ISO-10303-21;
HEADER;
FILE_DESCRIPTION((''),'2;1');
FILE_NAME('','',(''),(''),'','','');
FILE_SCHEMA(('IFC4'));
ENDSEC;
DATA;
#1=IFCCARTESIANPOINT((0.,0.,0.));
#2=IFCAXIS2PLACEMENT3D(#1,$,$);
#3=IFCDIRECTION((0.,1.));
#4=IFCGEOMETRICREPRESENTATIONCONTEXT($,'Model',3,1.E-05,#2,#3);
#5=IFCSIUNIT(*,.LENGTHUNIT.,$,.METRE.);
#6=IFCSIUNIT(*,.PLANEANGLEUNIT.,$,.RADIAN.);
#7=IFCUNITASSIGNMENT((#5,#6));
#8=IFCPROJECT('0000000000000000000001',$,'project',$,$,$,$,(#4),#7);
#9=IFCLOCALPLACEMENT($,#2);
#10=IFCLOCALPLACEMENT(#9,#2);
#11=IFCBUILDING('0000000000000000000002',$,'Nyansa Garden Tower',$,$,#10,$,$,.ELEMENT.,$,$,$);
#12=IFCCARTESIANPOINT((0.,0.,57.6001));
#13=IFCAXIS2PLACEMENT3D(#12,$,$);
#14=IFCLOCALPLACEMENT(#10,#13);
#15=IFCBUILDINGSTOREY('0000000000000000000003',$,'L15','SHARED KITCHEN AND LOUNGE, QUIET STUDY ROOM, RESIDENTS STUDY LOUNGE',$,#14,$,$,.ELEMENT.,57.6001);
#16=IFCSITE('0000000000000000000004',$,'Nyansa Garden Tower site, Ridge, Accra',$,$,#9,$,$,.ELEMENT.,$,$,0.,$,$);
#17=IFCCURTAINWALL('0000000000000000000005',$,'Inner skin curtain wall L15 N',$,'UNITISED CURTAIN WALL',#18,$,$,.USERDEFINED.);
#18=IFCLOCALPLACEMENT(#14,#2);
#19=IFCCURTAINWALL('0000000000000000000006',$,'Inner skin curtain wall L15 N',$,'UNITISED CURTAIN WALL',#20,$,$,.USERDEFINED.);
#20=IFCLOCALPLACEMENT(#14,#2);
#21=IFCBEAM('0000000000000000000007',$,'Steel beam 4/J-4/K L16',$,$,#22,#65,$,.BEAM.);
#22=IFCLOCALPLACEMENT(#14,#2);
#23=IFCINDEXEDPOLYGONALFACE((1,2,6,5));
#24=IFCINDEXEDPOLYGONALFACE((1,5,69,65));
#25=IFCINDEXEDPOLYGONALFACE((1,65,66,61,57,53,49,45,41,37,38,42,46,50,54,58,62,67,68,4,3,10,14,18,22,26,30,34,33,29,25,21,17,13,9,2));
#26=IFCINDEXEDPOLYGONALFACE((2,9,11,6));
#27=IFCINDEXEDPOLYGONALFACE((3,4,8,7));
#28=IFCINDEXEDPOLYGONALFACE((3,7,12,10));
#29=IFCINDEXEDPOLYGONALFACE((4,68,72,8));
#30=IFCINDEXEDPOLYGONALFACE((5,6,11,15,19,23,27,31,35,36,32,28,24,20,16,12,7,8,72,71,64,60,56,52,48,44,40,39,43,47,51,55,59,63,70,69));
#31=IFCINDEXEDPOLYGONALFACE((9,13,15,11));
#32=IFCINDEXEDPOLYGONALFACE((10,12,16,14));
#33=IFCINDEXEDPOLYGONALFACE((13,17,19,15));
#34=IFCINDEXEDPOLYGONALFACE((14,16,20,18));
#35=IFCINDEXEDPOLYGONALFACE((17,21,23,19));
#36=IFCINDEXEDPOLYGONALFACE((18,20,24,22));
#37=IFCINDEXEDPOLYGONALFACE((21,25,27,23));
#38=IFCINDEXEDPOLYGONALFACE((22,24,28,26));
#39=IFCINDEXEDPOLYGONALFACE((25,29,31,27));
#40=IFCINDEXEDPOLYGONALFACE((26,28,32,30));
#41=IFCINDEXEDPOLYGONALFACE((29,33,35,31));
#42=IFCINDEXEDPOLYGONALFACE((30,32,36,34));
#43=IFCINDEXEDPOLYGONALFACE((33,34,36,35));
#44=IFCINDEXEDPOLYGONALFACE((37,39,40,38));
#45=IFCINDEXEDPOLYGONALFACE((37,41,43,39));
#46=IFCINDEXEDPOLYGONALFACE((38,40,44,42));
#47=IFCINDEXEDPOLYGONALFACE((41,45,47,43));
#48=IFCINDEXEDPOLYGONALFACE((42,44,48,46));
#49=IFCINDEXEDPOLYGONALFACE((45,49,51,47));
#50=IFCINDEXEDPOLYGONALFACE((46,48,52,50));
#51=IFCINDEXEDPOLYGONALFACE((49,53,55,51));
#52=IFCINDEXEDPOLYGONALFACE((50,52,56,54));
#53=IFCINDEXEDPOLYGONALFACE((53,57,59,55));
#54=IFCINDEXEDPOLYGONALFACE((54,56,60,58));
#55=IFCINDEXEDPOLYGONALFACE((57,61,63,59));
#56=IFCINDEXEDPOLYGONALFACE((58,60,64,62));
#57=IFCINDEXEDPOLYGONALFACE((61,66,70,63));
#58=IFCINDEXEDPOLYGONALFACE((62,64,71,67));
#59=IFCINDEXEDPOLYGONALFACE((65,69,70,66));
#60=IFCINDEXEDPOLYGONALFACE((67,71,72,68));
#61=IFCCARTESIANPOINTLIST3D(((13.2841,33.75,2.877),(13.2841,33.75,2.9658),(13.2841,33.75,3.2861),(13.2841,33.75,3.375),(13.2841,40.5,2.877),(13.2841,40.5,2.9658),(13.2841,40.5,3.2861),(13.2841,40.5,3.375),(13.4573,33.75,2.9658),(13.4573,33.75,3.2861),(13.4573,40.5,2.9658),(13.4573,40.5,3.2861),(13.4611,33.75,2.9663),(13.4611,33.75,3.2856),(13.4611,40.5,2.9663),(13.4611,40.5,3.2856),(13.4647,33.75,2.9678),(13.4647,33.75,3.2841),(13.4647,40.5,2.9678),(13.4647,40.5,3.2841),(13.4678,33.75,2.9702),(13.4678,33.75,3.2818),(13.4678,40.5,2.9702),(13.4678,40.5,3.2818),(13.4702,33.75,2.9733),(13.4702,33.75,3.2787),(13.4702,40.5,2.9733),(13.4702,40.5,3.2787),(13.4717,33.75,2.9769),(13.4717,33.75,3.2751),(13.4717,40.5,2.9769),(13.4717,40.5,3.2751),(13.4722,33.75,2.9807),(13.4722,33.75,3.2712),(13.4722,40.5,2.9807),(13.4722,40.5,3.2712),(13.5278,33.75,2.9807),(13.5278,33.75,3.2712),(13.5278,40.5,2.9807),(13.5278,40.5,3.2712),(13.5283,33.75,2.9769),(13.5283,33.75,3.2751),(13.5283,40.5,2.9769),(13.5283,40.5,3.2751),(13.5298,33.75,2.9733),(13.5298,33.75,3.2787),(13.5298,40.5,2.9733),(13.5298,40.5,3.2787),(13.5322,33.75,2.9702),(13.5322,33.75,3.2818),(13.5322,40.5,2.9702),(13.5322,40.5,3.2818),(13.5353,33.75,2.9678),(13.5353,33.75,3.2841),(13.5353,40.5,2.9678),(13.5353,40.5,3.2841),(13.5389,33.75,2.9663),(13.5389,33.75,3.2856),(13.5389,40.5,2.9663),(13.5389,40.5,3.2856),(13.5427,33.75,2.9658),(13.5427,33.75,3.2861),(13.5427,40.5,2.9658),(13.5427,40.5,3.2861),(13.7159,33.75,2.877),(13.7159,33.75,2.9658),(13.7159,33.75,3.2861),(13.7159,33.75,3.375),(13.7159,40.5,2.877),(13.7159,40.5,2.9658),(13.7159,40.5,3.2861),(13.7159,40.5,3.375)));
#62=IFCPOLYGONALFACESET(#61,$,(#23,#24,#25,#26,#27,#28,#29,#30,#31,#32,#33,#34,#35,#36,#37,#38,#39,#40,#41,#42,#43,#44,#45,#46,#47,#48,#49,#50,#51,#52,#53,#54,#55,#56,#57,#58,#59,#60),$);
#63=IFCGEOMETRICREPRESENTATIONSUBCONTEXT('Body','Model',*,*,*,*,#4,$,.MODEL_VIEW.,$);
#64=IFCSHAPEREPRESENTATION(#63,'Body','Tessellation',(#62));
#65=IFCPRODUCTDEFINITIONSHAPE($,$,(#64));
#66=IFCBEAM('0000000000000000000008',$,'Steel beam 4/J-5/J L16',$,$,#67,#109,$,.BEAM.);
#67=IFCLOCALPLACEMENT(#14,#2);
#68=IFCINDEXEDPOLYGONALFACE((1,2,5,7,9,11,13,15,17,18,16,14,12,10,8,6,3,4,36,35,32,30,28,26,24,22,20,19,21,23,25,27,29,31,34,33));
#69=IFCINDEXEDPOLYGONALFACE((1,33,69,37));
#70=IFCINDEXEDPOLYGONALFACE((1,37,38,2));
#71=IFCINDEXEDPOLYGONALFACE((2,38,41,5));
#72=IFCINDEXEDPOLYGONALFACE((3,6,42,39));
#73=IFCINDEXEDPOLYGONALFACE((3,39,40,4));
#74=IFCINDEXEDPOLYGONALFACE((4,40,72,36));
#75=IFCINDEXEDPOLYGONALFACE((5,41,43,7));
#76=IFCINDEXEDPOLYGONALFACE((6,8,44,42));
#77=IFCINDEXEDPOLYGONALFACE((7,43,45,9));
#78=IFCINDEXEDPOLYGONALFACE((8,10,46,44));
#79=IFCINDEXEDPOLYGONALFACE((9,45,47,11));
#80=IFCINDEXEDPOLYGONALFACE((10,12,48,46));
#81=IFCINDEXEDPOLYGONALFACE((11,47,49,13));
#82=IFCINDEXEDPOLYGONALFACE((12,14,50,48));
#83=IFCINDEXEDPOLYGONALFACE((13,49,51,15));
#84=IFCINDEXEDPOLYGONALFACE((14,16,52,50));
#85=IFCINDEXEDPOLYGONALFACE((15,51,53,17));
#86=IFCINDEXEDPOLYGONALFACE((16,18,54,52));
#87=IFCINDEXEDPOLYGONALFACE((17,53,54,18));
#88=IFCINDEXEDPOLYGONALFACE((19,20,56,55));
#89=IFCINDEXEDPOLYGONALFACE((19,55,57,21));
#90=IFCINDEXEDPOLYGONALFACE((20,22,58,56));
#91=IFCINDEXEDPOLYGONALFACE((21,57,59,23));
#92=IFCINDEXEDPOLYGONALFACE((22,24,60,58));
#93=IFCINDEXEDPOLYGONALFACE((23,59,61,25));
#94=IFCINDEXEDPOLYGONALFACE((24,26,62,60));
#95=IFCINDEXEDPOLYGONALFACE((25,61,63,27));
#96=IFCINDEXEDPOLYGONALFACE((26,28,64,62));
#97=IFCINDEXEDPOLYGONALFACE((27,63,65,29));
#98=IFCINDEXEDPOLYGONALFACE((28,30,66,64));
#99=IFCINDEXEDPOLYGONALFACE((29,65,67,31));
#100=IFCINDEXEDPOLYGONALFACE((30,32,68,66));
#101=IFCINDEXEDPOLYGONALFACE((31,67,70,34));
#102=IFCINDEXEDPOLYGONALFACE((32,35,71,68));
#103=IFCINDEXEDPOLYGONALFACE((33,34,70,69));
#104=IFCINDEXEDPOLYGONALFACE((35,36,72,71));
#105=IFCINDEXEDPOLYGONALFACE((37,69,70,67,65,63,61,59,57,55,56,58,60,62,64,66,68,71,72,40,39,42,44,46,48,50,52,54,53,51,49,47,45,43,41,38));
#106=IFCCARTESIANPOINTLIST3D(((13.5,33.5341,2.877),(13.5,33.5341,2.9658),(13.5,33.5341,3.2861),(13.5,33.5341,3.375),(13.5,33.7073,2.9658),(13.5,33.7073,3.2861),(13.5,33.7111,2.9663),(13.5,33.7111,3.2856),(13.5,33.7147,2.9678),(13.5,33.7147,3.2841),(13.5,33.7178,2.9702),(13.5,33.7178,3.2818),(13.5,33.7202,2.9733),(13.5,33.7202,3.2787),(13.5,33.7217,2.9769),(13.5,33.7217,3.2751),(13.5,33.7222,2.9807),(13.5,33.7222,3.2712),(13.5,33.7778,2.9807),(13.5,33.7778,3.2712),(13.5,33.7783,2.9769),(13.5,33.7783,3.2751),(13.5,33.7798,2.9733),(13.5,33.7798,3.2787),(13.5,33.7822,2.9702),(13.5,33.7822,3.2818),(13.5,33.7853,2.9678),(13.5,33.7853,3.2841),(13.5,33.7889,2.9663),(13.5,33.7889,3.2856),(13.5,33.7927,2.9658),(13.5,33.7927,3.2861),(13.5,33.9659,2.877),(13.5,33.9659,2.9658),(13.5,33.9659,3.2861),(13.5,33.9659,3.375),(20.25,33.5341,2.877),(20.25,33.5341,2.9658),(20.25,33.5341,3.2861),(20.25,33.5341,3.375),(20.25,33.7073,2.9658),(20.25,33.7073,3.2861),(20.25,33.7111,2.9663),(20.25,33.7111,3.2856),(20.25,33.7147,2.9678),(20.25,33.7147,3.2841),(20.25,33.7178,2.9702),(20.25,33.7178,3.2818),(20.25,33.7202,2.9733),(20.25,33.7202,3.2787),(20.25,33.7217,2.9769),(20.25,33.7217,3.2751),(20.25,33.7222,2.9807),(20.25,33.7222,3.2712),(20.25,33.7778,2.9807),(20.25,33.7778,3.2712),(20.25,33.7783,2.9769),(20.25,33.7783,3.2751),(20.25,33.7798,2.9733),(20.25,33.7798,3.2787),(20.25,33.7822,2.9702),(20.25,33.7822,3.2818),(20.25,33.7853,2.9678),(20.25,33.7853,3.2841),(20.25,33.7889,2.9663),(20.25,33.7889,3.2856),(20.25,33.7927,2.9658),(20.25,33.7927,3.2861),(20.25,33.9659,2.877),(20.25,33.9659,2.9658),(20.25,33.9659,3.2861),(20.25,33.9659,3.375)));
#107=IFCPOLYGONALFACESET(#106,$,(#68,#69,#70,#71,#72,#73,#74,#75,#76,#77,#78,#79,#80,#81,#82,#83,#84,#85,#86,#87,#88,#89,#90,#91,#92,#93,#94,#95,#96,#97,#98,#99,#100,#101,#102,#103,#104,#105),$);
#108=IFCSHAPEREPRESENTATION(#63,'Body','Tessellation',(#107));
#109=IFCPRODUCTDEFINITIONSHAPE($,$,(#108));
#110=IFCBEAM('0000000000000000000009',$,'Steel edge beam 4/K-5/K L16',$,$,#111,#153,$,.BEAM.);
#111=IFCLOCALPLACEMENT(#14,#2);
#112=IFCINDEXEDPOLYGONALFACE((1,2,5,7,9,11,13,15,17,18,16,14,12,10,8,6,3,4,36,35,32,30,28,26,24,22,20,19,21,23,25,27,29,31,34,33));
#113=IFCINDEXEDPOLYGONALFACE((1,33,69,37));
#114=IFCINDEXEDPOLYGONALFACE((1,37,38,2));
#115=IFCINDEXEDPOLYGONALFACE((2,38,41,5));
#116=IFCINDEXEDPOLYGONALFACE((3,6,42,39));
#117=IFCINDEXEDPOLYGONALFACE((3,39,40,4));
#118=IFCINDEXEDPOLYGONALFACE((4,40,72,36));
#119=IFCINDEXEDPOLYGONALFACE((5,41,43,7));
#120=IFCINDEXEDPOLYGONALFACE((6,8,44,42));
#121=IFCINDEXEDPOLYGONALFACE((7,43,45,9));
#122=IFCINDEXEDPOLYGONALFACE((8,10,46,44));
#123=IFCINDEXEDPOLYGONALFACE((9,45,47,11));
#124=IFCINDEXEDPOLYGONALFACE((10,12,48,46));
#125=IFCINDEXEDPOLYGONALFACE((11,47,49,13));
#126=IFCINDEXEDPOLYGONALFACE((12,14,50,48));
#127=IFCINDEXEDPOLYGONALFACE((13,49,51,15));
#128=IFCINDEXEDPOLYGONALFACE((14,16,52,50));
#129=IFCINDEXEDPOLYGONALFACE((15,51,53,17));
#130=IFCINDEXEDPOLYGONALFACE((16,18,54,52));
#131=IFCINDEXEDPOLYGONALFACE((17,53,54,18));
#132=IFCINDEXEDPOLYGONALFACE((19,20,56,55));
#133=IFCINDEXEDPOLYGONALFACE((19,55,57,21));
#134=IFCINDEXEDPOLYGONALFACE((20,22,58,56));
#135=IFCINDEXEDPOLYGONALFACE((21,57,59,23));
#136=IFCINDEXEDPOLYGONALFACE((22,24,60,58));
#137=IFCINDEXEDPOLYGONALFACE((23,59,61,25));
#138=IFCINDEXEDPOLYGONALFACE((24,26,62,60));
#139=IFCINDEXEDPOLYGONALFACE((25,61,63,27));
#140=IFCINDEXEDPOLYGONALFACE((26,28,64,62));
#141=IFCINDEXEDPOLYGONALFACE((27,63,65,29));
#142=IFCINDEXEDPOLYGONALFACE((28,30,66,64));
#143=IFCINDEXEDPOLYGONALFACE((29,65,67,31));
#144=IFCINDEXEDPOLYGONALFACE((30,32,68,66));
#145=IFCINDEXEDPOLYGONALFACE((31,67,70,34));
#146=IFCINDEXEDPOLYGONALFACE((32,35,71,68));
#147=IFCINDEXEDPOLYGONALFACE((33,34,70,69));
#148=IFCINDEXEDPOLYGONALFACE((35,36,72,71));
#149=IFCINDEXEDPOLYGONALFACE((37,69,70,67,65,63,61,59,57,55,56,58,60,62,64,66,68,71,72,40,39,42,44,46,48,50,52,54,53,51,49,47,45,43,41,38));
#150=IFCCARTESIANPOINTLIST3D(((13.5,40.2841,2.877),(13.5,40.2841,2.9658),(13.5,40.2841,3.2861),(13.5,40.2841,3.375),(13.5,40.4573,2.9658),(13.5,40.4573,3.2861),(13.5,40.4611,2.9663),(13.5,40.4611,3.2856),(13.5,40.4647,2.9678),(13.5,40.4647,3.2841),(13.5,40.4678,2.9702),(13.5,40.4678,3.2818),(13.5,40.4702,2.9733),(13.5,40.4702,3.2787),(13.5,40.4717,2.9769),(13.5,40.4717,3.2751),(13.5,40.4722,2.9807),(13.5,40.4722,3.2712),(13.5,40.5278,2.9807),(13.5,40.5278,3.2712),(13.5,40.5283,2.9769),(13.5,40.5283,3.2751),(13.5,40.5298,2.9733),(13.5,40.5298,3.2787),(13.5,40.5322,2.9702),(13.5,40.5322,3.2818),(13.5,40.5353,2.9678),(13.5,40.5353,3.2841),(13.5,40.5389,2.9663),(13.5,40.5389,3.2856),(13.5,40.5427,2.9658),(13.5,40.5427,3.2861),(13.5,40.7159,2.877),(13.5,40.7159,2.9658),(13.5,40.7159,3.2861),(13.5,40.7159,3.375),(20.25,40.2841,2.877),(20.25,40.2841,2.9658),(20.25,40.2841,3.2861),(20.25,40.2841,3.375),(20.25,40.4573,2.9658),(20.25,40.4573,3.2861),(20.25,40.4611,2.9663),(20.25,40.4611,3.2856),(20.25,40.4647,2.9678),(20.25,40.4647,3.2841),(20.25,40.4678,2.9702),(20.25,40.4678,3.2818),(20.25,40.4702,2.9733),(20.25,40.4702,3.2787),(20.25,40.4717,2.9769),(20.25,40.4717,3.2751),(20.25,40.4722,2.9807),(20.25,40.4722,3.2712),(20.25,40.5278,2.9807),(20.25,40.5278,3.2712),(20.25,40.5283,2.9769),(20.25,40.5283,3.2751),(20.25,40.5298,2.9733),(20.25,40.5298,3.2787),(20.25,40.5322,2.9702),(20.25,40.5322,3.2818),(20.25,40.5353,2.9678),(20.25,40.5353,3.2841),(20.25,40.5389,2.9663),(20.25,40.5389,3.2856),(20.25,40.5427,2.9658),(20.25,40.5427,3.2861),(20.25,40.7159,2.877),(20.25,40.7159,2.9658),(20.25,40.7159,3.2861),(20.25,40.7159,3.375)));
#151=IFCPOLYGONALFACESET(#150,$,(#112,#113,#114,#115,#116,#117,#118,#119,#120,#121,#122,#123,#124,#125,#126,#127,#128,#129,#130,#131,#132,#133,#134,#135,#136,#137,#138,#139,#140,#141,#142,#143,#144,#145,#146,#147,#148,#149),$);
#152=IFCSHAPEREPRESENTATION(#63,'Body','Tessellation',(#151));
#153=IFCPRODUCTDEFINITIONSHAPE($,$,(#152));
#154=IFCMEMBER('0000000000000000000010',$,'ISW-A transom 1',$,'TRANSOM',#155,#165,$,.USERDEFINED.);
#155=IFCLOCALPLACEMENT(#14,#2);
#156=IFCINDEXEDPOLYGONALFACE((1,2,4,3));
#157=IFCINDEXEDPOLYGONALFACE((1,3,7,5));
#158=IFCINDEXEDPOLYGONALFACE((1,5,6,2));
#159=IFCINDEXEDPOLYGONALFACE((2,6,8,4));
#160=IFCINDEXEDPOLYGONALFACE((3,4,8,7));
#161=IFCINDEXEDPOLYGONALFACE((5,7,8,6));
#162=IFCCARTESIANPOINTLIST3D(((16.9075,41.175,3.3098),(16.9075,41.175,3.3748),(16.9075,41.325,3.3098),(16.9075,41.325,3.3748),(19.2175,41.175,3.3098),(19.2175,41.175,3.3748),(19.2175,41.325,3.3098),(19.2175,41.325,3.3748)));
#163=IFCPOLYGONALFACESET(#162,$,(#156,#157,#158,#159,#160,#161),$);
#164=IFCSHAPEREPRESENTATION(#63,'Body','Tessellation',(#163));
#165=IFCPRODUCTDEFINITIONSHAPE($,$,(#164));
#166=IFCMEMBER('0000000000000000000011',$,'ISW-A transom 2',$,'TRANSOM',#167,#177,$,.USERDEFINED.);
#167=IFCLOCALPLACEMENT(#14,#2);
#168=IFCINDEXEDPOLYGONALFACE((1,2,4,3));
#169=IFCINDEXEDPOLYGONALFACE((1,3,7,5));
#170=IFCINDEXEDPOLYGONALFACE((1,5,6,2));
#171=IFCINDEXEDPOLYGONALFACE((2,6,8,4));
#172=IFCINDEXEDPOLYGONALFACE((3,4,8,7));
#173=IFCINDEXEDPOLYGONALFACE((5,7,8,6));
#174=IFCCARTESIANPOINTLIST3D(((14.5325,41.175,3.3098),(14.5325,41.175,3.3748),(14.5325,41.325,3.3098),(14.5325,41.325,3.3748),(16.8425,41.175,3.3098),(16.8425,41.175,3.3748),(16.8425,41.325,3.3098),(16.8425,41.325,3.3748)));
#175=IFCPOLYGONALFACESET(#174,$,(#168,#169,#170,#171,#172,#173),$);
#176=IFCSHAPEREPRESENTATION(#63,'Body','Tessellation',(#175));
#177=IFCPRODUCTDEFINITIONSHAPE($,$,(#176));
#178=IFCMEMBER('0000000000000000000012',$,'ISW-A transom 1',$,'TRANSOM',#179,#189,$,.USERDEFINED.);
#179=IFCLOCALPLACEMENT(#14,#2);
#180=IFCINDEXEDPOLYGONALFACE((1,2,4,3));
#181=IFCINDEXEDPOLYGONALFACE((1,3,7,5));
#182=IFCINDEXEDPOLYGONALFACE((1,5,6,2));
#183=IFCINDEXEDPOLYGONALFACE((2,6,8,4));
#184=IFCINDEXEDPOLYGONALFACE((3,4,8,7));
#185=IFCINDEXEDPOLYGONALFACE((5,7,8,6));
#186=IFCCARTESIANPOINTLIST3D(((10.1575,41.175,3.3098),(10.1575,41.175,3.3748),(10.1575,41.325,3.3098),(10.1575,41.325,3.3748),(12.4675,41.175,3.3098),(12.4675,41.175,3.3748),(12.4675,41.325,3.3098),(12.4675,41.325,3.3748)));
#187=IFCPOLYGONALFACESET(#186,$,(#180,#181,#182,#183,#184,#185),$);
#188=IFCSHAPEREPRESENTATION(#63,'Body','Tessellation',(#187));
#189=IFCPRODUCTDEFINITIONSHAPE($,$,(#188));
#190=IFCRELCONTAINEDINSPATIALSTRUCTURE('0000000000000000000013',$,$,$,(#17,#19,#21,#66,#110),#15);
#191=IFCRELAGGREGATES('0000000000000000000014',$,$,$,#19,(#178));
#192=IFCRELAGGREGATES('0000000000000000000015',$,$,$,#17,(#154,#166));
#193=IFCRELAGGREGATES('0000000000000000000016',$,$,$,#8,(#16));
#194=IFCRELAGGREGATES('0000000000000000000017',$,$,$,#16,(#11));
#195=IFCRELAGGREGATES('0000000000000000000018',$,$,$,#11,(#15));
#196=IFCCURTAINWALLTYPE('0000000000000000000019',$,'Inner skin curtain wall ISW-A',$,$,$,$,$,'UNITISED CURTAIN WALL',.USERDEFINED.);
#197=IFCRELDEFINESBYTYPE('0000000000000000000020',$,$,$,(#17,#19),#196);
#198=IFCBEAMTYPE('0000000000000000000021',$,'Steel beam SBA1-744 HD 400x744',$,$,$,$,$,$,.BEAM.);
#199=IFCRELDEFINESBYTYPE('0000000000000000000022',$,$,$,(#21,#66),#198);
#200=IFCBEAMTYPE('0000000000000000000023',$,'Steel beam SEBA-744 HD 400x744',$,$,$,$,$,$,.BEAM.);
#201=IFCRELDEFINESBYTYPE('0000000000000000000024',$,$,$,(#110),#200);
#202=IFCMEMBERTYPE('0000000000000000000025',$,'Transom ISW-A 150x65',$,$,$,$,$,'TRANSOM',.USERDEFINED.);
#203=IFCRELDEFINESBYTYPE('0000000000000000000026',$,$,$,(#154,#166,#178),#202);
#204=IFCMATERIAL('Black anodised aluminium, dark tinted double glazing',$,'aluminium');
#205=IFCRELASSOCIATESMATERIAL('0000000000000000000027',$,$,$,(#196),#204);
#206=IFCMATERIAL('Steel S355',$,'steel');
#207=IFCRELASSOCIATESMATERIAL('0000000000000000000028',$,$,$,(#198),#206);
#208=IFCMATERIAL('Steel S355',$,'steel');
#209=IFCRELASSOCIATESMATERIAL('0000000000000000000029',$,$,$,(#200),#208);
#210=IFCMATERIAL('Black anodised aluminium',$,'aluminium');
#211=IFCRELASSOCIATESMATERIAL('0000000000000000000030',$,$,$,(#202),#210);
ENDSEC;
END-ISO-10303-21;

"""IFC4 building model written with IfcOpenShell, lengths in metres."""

from ifc_helpers import new_model, si_unit, direction, frame, origin, origin_2d, place, context, subcontext, project, spatial, rectangle, i_section, extrude, material, material_profile, profile_set, type_object, element, aggregate, save


model = new_model("IFC4")

# Units and contexts
model_context = context("Model", 3, precision=1e-05, world=origin(), true_north=direction((0.0, 1.0)))
body_context = subcontext(model_context, "Body", "Model", "MODEL_VIEW")
ifc_project = project(units=[si_unit("LENGTHUNIT", "METRE"), si_unit("PLANEANGLEUNIT", "RADIAN")], contexts=[model_context])

# Site, building, storey
site_placement = place(None, origin())
site = spatial("IfcSite", under=ifc_project, at=site_placement, Name="Nyansa Garden Tower site, Ridge, Accra", CompositionType="ELEMENT", RefElevation=0.0)
building_placement = place(site_placement, origin())
building = spatial("IfcBuilding", under=site, at=building_placement, Name="Nyansa Garden Tower", CompositionType="ELEMENT")
storey_placement = place(building_placement, frame((0.0, 0.0, 57.6001)))
storey = spatial("IfcBuildingStorey", under=building, at=storey_placement, Name="L15", Description="SHARED KITCHEN AND LOUNGE, QUIET STUDY ROOM, RESIDENTS STUDY LOUNGE", CompositionType="ELEMENT", Elevation=57.6001)

# Curtain wall
ifc_material_1 = material(Name="Black anodised aluminium, dark tinted double glazing", Category="aluminium")
curtain_wall_type = type_object("IfcCurtainWallType", Name="Inner skin curtain wall ISW-A", ElementType="UNITISED CURTAIN WALL", PredefinedType="USERDEFINED", material=ifc_material_1)
curtain_wall_1_placement = place(storey_placement, origin())
curtain_wall_1 = element("IfcCurtainWall", 1, at=curtain_wall_1_placement, inside=storey, type_object=curtain_wall_type, Name="Inner skin curtain wall L15 N", ObjectType="UNITISED CURTAIN WALL", PredefinedType="USERDEFINED")

# Curtain wall
curtain_wall_2_placement = place(storey_placement, origin())
curtain_wall_2 = element("IfcCurtainWall", 2, at=curtain_wall_2_placement, inside=storey, type_object=curtain_wall_type, Name="Inner skin curtain wall L15 N", ObjectType="UNITISED CURTAIN WALL", PredefinedType="USERDEFINED")

# Beams
ifc_material_2 = material(Name="Steel S355", Category="steel")
ifc_material_profile_1 = material_profile(ifc_material_2, i_section(OverallWidth=0.4319, OverallDepth=0.498, WebThickness=0.0557, FlangeThickness=0.0889, FilletRadius=0.0149, at=origin_2d()), Name="HD 400x744")
ifc_profile_set_1 = profile_set([ifc_material_profile_1], Name="Steel S355")
beam_type_1 = type_object("IfcBeamType", Name="Steel beam SBA1-744 HD 400x744", PredefinedType="BEAM", material=ifc_profile_set_1)
for number, where, z_axis, x_axis, name in (
    (3, (13.5, 33.75, 3.126), (0.0, 1.0, 0.0), (-1.0, 0.0, 0.0), "Steel beam 4/J-4/K L16"),
    (4, (13.5, 33.75, 3.126), (1.0, 0.0, 0.0), (0.0, 1.0, 0.0), "Steel beam 4/J-5/J L16"),
):
    element("IfcBeam", number, at=place(storey_placement, frame(where, z_axis=z_axis, x_axis=x_axis)), inside=storey, type_object=beam_type_1, Name=name, PredefinedType="BEAM", context=body_context, shape_type="SweptSolid", body=[
        extrude(i_section(OverallWidth=0.4319, OverallDepth=0.498, WebThickness=0.0557, FlangeThickness=0.0889, FilletRadius=0.0149, at=origin_2d()), origin(), (0.0, 0.0, 1.0), 6.75),
    ])
ifc_material_3 = material(Name="Steel S355", Category="steel")
ifc_material_profile_2 = material_profile(ifc_material_3, i_section(OverallWidth=0.4319, OverallDepth=0.498, WebThickness=0.0557, FlangeThickness=0.0889, FilletRadius=0.0149, at=origin_2d()), Name="HD 400x744")
ifc_profile_set_2 = profile_set([ifc_material_profile_2], Name="Steel S355")
beam_type_2 = type_object("IfcBeamType", Name="Steel beam SEBA-744 HD 400x744", PredefinedType="BEAM", material=ifc_profile_set_2)
beam_1_placement = place(storey_placement, frame((13.5, 40.5, 3.126), z_axis=(1.0, 0.0, 0.0), x_axis=(0.0, 1.0, 0.0)))
element("IfcBeam", 5, at=beam_1_placement, inside=storey, type_object=beam_type_2, Name="Steel edge beam 4/K-5/K L16", PredefinedType="BEAM", context=body_context, shape_type="SweptSolid", body=[
    extrude(i_section(OverallWidth=0.4319, OverallDepth=0.498, WebThickness=0.0557, FlangeThickness=0.0889, FilletRadius=0.0149, at=origin_2d()), origin(), (0.0, 0.0, 1.0), 6.75),
])

# Members
ifc_material_4 = material(Name="Black anodised aluminium", Category="aluminium")
ifc_material_profile_3 = material_profile(ifc_material_4, rectangle(XDim=0.1499, YDim=0.0649, at=origin_2d()), Name="Transom 150x65")
ifc_profile_set_3 = profile_set([ifc_material_profile_3], Name="Black anodised aluminium")
member_type_1 = type_object("IfcMemberType", Name="Transom ISW-A 150x65", ElementType="TRANSOM", PredefinedType="USERDEFINED", material=ifc_profile_set_3)
member_1_placement = place(storey_placement, frame((19.2175, 41.25, 3.3423), z_axis=(-1.0, 0.0, 0.0), x_axis=(0.0, -1.0, 0.0)))
member_1 = element("IfcMember", 6, at=member_1_placement, type_object=member_type_1, Name="ISW-A transom 1", ObjectType="TRANSOM", PredefinedType="USERDEFINED", context=body_context, shape_type="SweptSolid", body=[
    extrude(rectangle(XDim=0.1499, YDim=0.0649, at=origin_2d()), origin(), (0.0, 0.0, 1.0), 2.3101),
])
member_2_placement = place(storey_placement, frame((16.8425, 41.25, 3.3423), z_axis=(-1.0, 0.0, 0.0), x_axis=(0.0, -1.0, 0.0)))
member_2 = element("IfcMember", 7, at=member_2_placement, type_object=member_type_1, Name="ISW-A transom 2", ObjectType="TRANSOM", PredefinedType="USERDEFINED", context=body_context, shape_type="SweptSolid", body=[
    extrude(rectangle(XDim=0.1499, YDim=0.0649, at=origin_2d()), origin(), (0.0, 0.0, 1.0), 2.3101),
])
member_3_placement = place(storey_placement, frame((12.4675, 41.25, 3.3423), z_axis=(-1.0, 0.0, 0.0), x_axis=(0.0, -1.0, 0.0)))
member_3 = element("IfcMember", 8, at=member_3_placement, type_object=member_type_1, Name="ISW-A transom 1", ObjectType="TRANSOM", PredefinedType="USERDEFINED", context=body_context, shape_type="SweptSolid", body=[
    extrude(rectangle(XDim=0.1499, YDim=0.0649, at=origin_2d()), origin(), (0.0, 0.0, 1.0), 2.3101),
])
aggregate(curtain_wall_2, [member_3])

aggregate(curtain_wall_1, [member_1, member_2])

save(model, "model.ifc")
